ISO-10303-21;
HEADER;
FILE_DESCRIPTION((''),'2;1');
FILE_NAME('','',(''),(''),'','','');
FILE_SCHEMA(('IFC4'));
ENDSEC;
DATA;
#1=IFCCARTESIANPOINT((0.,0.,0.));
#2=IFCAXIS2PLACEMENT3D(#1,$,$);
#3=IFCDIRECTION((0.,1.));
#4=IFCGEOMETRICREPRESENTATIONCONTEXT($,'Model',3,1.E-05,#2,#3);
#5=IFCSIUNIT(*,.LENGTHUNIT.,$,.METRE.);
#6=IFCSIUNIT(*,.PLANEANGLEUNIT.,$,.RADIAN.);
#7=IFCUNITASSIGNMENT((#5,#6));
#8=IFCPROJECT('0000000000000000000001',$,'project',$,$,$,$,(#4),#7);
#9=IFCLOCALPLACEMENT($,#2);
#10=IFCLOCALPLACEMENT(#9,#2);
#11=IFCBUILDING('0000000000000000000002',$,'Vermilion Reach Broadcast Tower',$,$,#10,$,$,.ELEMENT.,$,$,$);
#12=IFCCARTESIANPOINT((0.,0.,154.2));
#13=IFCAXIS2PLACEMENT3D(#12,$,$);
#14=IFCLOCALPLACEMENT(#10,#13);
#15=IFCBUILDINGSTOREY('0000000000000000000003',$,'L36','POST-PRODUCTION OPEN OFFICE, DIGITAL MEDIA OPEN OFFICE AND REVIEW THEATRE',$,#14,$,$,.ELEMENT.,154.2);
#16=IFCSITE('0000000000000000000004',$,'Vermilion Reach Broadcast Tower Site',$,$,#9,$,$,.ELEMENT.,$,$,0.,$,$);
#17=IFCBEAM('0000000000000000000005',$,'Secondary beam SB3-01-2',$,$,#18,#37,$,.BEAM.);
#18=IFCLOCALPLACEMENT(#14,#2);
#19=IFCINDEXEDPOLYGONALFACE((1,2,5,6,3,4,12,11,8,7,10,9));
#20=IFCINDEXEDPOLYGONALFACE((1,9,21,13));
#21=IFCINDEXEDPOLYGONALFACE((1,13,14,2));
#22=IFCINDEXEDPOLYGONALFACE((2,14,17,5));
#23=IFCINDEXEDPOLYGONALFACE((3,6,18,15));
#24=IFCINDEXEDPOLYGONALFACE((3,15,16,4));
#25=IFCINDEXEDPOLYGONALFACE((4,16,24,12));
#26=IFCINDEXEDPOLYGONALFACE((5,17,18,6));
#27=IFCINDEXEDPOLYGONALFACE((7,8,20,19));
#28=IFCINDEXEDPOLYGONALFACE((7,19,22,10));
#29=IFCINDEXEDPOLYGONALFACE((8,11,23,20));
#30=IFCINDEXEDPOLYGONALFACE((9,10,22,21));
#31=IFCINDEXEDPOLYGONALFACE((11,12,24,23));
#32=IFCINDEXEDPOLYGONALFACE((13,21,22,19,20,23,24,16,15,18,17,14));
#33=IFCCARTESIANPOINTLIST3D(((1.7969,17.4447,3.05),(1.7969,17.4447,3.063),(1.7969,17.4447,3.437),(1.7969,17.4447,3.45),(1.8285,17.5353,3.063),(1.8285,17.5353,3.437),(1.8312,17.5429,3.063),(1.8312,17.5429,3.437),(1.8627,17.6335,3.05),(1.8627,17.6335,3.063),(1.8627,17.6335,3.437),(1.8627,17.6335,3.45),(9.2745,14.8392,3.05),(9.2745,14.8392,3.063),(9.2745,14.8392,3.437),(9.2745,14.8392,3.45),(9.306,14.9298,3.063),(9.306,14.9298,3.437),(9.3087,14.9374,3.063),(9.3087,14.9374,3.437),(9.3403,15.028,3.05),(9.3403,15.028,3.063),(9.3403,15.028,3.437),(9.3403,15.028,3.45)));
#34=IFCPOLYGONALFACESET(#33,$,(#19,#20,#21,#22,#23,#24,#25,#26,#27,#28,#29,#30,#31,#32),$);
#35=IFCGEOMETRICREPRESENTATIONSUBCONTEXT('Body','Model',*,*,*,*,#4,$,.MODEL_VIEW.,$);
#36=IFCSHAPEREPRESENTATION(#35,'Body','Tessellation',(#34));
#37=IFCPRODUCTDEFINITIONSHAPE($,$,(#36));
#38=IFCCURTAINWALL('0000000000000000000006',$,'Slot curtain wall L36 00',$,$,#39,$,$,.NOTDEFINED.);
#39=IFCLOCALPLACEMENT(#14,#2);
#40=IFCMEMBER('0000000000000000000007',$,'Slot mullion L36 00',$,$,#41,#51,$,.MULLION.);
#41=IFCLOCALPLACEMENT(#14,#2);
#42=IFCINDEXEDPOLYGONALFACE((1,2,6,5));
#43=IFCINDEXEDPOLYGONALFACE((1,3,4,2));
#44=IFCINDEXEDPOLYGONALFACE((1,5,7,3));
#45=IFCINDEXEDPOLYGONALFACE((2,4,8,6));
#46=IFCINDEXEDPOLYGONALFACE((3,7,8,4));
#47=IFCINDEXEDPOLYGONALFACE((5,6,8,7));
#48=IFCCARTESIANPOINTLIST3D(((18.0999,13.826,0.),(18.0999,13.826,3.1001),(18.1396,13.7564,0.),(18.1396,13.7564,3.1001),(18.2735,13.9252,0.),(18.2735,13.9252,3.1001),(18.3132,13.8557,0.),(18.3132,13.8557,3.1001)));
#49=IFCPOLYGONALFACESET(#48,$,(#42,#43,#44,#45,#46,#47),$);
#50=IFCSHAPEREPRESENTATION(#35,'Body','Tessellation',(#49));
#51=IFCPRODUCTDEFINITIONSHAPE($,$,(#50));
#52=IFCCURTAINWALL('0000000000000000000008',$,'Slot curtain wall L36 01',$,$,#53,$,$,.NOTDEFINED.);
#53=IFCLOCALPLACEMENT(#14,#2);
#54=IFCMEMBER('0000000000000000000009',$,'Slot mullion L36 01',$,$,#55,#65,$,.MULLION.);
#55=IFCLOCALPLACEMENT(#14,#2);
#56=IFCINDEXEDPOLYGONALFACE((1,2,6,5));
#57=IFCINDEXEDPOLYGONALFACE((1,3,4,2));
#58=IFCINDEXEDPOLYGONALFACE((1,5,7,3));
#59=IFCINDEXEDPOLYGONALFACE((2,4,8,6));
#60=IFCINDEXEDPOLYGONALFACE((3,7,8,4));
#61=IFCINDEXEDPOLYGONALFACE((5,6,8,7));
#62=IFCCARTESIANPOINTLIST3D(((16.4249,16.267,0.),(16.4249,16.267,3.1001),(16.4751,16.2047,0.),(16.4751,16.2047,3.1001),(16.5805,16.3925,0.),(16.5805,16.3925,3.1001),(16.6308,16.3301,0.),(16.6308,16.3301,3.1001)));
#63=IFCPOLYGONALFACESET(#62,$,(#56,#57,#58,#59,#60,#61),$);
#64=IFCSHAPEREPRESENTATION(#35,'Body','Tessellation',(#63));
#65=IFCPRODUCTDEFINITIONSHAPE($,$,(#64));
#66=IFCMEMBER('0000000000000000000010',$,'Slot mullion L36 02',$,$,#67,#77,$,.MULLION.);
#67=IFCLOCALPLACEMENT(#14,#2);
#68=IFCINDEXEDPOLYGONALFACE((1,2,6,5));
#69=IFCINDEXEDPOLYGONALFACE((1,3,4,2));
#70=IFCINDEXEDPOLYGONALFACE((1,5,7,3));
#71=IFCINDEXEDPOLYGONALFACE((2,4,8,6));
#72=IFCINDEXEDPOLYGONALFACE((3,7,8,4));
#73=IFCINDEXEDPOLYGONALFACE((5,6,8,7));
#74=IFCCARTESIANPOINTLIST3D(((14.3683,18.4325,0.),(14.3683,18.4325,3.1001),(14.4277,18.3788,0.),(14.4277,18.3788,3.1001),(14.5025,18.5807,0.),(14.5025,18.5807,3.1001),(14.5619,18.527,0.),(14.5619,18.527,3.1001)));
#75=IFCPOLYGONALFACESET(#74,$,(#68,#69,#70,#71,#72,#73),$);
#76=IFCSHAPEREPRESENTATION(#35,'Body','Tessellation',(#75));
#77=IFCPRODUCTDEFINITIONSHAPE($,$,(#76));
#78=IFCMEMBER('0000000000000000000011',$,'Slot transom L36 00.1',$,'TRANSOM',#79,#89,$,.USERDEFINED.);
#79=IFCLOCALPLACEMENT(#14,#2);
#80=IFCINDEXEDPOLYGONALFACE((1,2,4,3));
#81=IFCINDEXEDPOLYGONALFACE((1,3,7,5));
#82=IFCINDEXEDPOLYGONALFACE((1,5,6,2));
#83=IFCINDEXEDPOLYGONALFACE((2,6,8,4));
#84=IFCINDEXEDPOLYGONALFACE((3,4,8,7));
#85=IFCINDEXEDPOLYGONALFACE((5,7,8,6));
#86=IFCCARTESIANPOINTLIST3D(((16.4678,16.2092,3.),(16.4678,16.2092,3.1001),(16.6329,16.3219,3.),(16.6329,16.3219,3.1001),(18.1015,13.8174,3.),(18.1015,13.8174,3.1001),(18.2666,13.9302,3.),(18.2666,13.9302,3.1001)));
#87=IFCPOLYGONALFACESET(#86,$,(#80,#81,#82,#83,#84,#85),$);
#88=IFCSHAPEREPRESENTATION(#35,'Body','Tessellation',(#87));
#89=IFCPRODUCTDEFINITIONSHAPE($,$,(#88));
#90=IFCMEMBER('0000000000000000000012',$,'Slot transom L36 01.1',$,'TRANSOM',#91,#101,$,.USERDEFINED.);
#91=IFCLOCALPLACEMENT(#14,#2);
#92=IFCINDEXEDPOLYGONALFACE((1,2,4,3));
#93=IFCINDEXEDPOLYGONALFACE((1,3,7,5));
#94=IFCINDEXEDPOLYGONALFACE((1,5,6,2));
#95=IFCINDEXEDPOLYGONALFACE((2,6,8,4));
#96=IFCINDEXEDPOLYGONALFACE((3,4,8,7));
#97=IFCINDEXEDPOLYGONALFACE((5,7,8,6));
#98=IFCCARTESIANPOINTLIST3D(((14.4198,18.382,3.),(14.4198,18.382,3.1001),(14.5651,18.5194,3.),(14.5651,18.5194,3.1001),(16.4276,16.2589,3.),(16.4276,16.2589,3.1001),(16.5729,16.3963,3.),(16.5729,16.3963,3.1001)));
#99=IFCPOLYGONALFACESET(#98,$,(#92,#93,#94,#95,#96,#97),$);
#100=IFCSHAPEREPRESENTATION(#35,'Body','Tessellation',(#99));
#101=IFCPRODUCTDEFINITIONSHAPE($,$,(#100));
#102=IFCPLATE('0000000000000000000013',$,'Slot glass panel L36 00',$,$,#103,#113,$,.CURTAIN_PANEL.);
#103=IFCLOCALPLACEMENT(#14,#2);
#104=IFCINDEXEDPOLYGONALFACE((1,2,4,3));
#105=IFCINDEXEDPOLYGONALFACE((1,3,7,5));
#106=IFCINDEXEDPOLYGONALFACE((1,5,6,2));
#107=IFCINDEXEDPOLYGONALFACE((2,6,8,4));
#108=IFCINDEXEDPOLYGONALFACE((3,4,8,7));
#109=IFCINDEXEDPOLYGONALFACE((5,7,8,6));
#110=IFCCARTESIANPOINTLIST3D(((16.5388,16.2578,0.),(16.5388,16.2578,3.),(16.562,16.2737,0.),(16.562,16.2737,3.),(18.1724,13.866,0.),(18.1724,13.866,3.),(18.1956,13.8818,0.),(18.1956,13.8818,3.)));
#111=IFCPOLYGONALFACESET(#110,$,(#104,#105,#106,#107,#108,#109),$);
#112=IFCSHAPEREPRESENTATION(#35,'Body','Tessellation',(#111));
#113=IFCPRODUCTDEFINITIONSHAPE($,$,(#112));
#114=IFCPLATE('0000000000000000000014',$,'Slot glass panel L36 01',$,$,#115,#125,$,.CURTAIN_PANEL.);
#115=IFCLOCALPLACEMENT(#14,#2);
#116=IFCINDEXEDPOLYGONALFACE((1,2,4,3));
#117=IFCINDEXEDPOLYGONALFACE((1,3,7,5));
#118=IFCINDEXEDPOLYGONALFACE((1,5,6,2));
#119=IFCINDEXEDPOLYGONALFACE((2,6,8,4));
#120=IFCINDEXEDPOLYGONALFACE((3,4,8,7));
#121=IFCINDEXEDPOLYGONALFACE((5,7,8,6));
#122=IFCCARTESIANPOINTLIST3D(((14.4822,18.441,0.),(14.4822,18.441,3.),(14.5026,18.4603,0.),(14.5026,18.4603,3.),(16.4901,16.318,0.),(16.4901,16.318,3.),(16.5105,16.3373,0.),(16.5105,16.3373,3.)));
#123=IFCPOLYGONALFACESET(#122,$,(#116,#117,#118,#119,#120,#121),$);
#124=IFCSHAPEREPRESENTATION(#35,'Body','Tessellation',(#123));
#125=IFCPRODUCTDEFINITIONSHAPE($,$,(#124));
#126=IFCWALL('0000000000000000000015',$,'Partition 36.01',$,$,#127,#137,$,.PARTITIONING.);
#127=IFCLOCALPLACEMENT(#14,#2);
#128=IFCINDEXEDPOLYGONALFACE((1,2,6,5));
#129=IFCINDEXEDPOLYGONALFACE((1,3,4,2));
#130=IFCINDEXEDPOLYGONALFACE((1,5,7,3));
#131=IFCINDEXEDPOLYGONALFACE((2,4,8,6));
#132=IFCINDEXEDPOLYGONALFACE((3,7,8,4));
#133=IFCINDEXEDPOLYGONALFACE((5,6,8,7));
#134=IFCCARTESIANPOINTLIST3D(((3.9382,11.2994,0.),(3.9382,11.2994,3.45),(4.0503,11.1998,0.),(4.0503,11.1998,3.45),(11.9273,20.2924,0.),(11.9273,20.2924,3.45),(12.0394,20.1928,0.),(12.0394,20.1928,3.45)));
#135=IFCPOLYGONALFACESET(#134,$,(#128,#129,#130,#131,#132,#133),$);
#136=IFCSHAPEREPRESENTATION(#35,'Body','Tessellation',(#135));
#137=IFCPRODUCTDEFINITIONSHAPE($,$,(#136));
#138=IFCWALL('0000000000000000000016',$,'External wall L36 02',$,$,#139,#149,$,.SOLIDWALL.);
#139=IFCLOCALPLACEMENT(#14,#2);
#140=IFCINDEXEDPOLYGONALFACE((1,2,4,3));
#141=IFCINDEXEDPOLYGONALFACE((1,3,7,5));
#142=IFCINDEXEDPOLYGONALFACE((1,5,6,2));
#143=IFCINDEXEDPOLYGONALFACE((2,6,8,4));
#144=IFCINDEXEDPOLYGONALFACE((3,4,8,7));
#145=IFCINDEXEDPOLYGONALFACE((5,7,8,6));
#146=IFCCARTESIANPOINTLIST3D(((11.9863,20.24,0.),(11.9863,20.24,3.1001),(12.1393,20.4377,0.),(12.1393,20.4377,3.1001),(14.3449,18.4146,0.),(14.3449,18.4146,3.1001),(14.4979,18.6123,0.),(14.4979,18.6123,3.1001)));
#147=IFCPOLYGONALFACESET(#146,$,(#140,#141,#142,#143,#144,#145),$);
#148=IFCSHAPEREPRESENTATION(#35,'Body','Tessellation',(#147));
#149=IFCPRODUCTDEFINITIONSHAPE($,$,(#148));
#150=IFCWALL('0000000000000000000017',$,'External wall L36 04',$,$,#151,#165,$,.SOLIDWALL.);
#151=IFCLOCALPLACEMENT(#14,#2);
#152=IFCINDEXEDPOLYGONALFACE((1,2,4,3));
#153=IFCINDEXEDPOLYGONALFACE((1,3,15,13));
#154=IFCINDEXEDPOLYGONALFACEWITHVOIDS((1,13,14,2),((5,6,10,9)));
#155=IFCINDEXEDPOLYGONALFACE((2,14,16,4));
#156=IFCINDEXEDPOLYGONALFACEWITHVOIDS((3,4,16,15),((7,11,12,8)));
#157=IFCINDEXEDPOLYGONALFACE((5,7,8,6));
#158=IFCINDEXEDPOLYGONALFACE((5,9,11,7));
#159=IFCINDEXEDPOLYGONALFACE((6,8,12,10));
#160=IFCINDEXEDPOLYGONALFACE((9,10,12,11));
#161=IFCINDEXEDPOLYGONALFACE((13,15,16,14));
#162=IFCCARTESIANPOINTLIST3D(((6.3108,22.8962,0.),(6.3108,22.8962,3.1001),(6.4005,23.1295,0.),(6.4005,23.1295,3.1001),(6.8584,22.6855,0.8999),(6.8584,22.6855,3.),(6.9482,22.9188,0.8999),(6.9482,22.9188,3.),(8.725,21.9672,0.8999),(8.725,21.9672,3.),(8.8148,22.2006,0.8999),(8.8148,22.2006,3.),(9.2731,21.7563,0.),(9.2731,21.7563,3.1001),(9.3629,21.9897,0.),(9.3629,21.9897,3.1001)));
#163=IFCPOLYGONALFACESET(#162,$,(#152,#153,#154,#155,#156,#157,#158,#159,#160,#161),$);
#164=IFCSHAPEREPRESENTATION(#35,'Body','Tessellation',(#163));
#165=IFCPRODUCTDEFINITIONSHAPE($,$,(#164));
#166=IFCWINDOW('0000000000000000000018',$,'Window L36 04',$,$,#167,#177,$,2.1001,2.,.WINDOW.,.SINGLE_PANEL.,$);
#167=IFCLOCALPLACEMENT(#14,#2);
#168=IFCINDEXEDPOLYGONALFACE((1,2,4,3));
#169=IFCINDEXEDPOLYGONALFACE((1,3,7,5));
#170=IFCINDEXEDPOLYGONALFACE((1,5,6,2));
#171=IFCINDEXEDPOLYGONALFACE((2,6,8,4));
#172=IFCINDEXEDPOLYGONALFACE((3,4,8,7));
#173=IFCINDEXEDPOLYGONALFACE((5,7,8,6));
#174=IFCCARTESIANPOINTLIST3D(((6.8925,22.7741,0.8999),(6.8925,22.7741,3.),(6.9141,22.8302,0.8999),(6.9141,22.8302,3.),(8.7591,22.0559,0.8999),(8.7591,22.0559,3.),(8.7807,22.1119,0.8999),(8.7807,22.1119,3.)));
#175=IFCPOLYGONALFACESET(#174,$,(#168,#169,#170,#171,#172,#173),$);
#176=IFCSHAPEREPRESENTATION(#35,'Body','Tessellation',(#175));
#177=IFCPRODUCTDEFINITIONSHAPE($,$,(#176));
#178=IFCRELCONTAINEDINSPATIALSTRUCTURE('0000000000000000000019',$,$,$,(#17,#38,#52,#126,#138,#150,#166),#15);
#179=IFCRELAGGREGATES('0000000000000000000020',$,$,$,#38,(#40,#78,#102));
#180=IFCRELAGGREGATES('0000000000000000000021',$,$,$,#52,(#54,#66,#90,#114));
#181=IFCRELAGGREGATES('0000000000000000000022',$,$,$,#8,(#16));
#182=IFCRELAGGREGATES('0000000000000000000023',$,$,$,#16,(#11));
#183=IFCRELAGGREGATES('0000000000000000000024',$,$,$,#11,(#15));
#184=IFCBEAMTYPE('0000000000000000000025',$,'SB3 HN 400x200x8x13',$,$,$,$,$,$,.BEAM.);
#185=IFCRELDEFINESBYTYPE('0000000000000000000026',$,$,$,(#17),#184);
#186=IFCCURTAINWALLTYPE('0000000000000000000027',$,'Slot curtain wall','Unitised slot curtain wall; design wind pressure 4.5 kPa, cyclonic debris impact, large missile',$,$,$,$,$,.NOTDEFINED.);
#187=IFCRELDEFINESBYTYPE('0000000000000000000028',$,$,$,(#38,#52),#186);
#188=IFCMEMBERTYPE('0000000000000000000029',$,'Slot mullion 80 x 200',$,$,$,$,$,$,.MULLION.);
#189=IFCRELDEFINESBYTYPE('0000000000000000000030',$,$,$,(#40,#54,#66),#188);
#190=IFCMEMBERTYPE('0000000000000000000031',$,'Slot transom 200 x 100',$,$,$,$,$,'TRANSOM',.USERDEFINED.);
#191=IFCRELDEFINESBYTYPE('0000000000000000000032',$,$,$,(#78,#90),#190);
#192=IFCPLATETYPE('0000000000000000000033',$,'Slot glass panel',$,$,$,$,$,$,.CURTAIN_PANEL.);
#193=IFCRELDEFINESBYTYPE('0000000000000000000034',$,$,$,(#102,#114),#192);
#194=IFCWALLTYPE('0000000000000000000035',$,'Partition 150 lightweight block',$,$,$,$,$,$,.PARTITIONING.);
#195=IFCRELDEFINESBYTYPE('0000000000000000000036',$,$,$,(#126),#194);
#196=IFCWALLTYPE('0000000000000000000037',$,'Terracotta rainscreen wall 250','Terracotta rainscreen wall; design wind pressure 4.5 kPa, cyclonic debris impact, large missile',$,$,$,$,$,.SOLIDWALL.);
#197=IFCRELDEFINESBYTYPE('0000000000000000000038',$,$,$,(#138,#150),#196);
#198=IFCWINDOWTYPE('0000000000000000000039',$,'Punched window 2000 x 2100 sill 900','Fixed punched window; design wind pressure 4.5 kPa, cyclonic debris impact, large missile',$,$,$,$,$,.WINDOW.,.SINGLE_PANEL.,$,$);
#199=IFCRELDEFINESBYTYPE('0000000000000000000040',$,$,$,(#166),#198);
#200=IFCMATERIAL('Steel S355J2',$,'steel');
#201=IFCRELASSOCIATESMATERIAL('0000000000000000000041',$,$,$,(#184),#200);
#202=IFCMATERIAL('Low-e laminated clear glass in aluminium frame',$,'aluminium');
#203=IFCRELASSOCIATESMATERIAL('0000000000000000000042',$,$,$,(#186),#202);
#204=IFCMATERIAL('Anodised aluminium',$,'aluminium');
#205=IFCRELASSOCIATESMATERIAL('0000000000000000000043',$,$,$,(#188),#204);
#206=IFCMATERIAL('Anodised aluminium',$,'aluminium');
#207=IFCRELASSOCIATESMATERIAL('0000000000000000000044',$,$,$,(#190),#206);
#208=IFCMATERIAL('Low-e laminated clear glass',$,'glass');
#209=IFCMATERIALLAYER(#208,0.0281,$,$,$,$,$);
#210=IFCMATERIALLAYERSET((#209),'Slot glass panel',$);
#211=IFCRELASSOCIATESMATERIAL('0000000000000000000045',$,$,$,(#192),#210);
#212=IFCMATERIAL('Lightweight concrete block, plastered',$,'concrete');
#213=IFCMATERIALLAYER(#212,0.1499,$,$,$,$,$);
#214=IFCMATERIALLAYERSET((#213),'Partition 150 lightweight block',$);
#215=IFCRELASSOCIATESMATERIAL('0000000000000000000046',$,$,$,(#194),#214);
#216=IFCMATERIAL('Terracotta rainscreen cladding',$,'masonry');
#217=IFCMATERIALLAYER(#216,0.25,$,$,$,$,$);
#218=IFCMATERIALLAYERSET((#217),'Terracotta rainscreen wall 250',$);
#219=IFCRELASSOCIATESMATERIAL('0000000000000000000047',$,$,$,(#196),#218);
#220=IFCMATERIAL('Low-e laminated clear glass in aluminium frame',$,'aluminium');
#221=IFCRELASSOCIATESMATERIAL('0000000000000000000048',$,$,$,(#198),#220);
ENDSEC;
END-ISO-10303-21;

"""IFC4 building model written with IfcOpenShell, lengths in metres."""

from ifc_helpers import new_model, si_unit, direction, frame, frame_2d, origin, origin_2d, place, context, subcontext, project, spatial, rectangle, i_section, extrude, material, layer, layer_set, material_profile, profile_set, type_object, element, fill, aggregate, save


model = new_model("IFC4")

# Units and contexts
model_context = context("Model", 3, precision=1e-05, world=origin(), true_north=direction((0.0, 1.0)))
body_context = subcontext(model_context, "Body", "Model", "MODEL_VIEW")
ifc_project = project(units=[si_unit("LENGTHUNIT", "METRE"), si_unit("PLANEANGLEUNIT", "RADIAN")], contexts=[model_context])

# Site, building, storey
site_placement = place(None, origin())
site = spatial("IfcSite", under=ifc_project, at=site_placement, Name="Vermilion Reach Broadcast Tower Site", CompositionType="ELEMENT", RefElevation=0.0)
building_placement = place(site_placement, origin())
building = spatial("IfcBuilding", under=site, at=building_placement, Name="Vermilion Reach Broadcast Tower", CompositionType="ELEMENT")
storey_placement = place(building_placement, frame((0.0, 0.0, 154.2)))
storey = spatial("IfcBuildingStorey", under=building, at=storey_placement, Name="L36", Description="POST-PRODUCTION OPEN OFFICE, DIGITAL MEDIA OPEN OFFICE AND REVIEW THEATRE", CompositionType="ELEMENT", Elevation=154.2)

# Beam
ifc_material_1 = material(Name="Steel S355J2", Category="steel")
ifc_material_profile_1 = material_profile(ifc_material_1, i_section(OverallWidth=0.2, OverallDepth=0.3999, WebThickness=0.0081, FlangeThickness=0.0129, at=origin_2d()), Name="S355J2 HN 400x200x8x13")
ifc_profile_set_1 = profile_set([ifc_material_profile_1], Name="Steel S355J2")
beam_type_1 = type_object("IfcBeamType", Name="SB3 HN 400x200x8x13", PredefinedType="BEAM", material=ifc_profile_set_1)
beam_1_placement = place(storey_placement, frame((9.3074, 14.9336, 3.25), z_axis=(-0.944317, 0.329037, 0.0), x_axis=(-0.329037, -0.944317, 0.0)))
element("IfcBeam", 1, at=beam_1_placement, inside=storey, type_object=beam_type_1, Name="Secondary beam SB3-01-2", PredefinedType="BEAM", context=body_context, shape_type="SweptSolid", body=[
    extrude(i_section(OverallWidth=0.2, OverallDepth=0.3999, WebThickness=0.0081, FlangeThickness=0.0129, at=origin_2d()), origin(), (0.0, 0.0, 1.0), 7.9185),
])

# Curtain wall, member
ifc_material_2 = material(Name="Low-e laminated clear glass in aluminium frame", Category="aluminium")
curtain_wall_type = type_object("IfcCurtainWallType", Name="Slot curtain wall", Description="Unitised slot curtain wall; design wind pressure 4.5 kPa, cyclonic debris impact, large missile", PredefinedType="NOTDEFINED", material=ifc_material_2)
placement = place(storey_placement, origin())
curtain_wall_1 = element("IfcCurtainWall", 2, at=placement, inside=storey, type_object=curtain_wall_type, Name="Slot curtain wall L36 00", PredefinedType="NOTDEFINED")
ifc_material_3 = material(Name="Anodised aluminium", Category="aluminium")
ifc_material_profile_2 = material_profile(ifc_material_3, rectangle(XDim=0.2, YDim=0.0801, at=origin_2d()), Name="Slot mullion 80 x 200")
ifc_profile_set_2 = profile_set([ifc_material_profile_2], Name="Anodised aluminium")
member_type_1 = type_object("IfcMemberType", Name="Slot mullion 80 x 200", PredefinedType="MULLION", material=ifc_profile_set_2)
member_1_placement = place(storey_placement, frame((18.2065, 13.8408, 0.0), z_axis=(0.0, 0.0, 1.0), x_axis=(-0.868112, -0.496368, 0.0)))
member_1 = element("IfcMember", 3, at=member_1_placement, type_object=member_type_1, Name="Slot mullion L36 00", PredefinedType="MULLION", context=body_context, shape_type="SweptSolid", body=[
    extrude(rectangle(XDim=0.2, YDim=0.0801, at=origin_2d()), origin(), (0.0, 0.0, 1.0), 3.1001),
])

# Curtain wall, members
curtain_wall_2 = element("IfcCurtainWall", 4, at=placement, inside=storey, type_object=curtain_wall_type, Name="Slot curtain wall L36 01", PredefinedType="NOTDEFINED")
member_2_placement = place(storey_placement, frame((16.5278, 16.2986, 0.0), z_axis=(0.0, 0.0, 1.0), x_axis=(-0.778584, -0.62754, 0.0)))
member_2 = element("IfcMember", 5, at=member_2_placement, type_object=member_type_1, Name="Slot mullion L36 01", PredefinedType="MULLION", context=body_context, shape_type="SweptSolid", body=[
    extrude(rectangle(XDim=0.2, YDim=0.0801, at=origin_2d()), origin(), (0.0, 0.0, 1.0), 3.1001),
])
member_3_placement = place(storey_placement, frame((14.4651, 18.4797, 0.0), z_axis=(0.0, 0.0, 1.0), x_axis=(-0.671288, -0.741196, 0.0)))
member_3 = element("IfcMember", 6, at=member_3_placement, type_object=member_type_1, Name="Slot mullion L36 02", PredefinedType="MULLION", context=body_context, shape_type="SweptSolid", body=[
    extrude(rectangle(XDim=0.2, YDim=0.0801, at=origin_2d()), origin(), (0.0, 0.0, 1.0), 3.1001),
])

# Members
ifc_material_4 = material(Name="Anodised aluminium", Category="aluminium")
ifc_material_profile_3 = material_profile(ifc_material_4, rectangle(XDim=0.2, YDim=0.1001, at=origin_2d()), Name="Slot transom 200 x 100")
ifc_profile_set_3 = profile_set([ifc_material_profile_3], Name="Anodised aluminium")
member_type_2 = type_object("IfcMemberType", Name="Slot transom 200 x 100", ElementType="TRANSOM", PredefinedType="USERDEFINED", material=ifc_profile_set_3)
member_4_placement = place(storey_placement, frame((18.1841, 13.8738, 3.05), z_axis=(-0.56404, 0.825747, 0.0), x_axis=(-0.825747, -0.56404, 0.0)))
member_4 = element("IfcMember", 7, at=member_4_placement, type_object=member_type_2, Name="Slot transom L36 00.1", ObjectType="TRANSOM", PredefinedType="USERDEFINED", context=body_context, shape_type="SweptSolid", body=[
    extrude(rectangle(XDim=0.2, YDim=0.1001, at=origin_2d()), origin(), (0.0, 0.0, 1.0), 2.8965),
])
member_5_placement = place(storey_placement, frame((16.5002, 16.3276, 3.05), z_axis=(-0.687114, 0.72655, 0.0), x_axis=(-0.72655, -0.687114, 0.0)))
member_5 = element("IfcMember", 8, at=member_5_placement, type_object=member_type_2, Name="Slot transom L36 01.1", ObjectType="TRANSOM", PredefinedType="USERDEFINED", context=body_context, shape_type="SweptSolid", body=[
    extrude(rectangle(XDim=0.2, YDim=0.1001, at=origin_2d()), origin(), (0.0, 0.0, 1.0), 2.9221),
])

# Plates
ifc_material_5 = material(Name="Low-e laminated clear glass", Category="glass")
ifc_layer_1 = layer(ifc_material_5, 0.0281)
ifc_layer_set_1 = layer_set([ifc_layer_1], Name="Slot glass panel")
plate_type = type_object("IfcPlateType", Name="Slot glass panel", PredefinedType="CURTAIN_PANEL", material=ifc_layer_set_1)
plate_1_placement = place(storey_placement, frame((17.3672, 15.0698, 0.0), z_axis=(0.0, 0.0, 1.0), x_axis=(-0.564005, 0.825771, 0.0)))
plate_1 = element("IfcPlate", 9, at=plate_1_placement, type_object=plate_type, Name="Slot glass panel L36 00", PredefinedType="CURTAIN_PANEL", context=body_context, shape_type="SweptSolid", body=[
    extrude(rectangle(XDim=2.8965, YDim=0.0281, at=origin_2d()), origin(), (0.0, 0.0, 1.0), 3.0),
])
aggregate(curtain_wall_1, [member_1, member_4, plate_1])
plate_2_placement = place(storey_placement, frame((15.4963, 17.3892, 0.0), z_axis=(0.0, 0.0, 1.0), x_axis=(-0.687145, 0.72652, 0.0)))
plate_2 = element("IfcPlate", 10, at=plate_2_placement, type_object=plate_type, Name="Slot glass panel L36 01", PredefinedType="CURTAIN_PANEL", context=body_context, shape_type="SweptSolid", body=[
    extrude(rectangle(XDim=2.9221, YDim=0.0281, at=origin_2d()), origin(), (0.0, 0.0, 1.0), 3.0),
])
aggregate(curtain_wall_2, [member_2, member_3, member_5, plate_2])

# Walls
ifc_material_6 = material(Name="Lightweight concrete block, plastered", Category="concrete")
ifc_layer_2 = layer(ifc_material_6, 0.1499)
ifc_layer_set_2 = layer_set([ifc_layer_2], Name="Partition 150 lightweight block")
wall_type_1 = type_object("IfcWallType", Name="Partition 150 lightweight block", PredefinedType="PARTITIONING", material=ifc_layer_set_2)
wall_1_placement = place(storey_placement, frame((11.9834, 20.2427, 0.0), z_axis=(0.0, 0.0, 1.0), x_axis=(-0.664146, -0.747603, 0.0)))
element("IfcWall", 11, at=wall_1_placement, inside=storey, type_object=wall_type_1, Name="Partition 36.01", PredefinedType="PARTITIONING", context=body_context, shape_type="SweptSolid", body=[
    extrude(rectangle(XDim=12.0291, YDim=0.1499, at=frame_2d((6.0146, 0.0))), origin(), (0.0, 0.0, 1.0), 3.45),
])
ifc_material_7 = material(Name="Terracotta rainscreen cladding", Category="masonry")
ifc_layer_3 = layer(ifc_material_7, 0.25)
ifc_layer_set_3 = layer_set([ifc_layer_3], Name="Terracotta rainscreen wall 250")
wall_type_2 = type_object("IfcWallType", Name="Terracotta rainscreen wall 250", Description="Terracotta rainscreen wall; design wind pressure 4.5 kPa, cyclonic debris impact, large missile", PredefinedType="SOLIDWALL", material=ifc_layer_set_3)
wall_2_placement = place(storey_placement, frame((14.4214, 18.5134, 0.0), z_axis=(0.0, 0.0, 1.0), x_axis=(-0.790822, 0.612046, 0.0)))
element("IfcWall", 12, at=wall_2_placement, inside=storey, type_object=wall_type_2, Name="External wall L36 02", PredefinedType="SOLIDWALL", context=body_context, shape_type="SweptSolid", body=[
    extrude(rectangle(XDim=2.9824, YDim=0.25, at=frame_2d((1.4912, 0.0))), origin(), (0.0, 0.0, 1.0), 3.1001),
])

# Wall, opening, window
wall_3_placement = place(storey_placement, frame((9.3179, 21.873, 0.0), z_axis=(0.0, 0.0, 1.0), x_axis=(-0.933292, 0.359118, 0.0)))
wall_3 = element("IfcWall", 13, at=wall_3_placement, inside=storey, type_object=wall_type_2, Name="External wall L36 04", PredefinedType="SOLIDWALL", context=body_context, shape_type="SweptSolid", body=[
    extrude(rectangle(XDim=3.1741, YDim=0.25, at=frame_2d((1.5869, 0.0))), origin(), (0.0, 0.0, 1.0), 3.1001),
])
opening_1_placement = place(wall_3_placement, frame((0.5872, 0.0, 0.8999)))
opening_1 = element("IfcOpeningElement", 14, at=opening_1_placement, cuts=wall_3, PredefinedType="OPENING", context=body_context, shape_type="SweptSolid", body=[
    extrude(rectangle(XDim=2.0, YDim=2.1001, at=frame_2d((1.0, 1.05))), frame((0.0, 0.135, 0.0), z_axis=(0.0, -1.0, 0.0), x_axis=(1.0, 0.0, 0.0)), (0.0, 0.0, 1.0), 0.27),
])
ifc_material_8 = material(Name="Low-e laminated clear glass in aluminium frame", Category="aluminium")
window_type = type_object("IfcWindowType", Name="Punched window 2000 x 2100 sill 900", Description="Fixed punched window; design wind pressure 4.5 kPa, cyclonic debris impact, large missile", PartitioningType="SINGLE_PANEL", PredefinedType="WINDOW", material=ifc_material_8)
window_placement = place(opening_1_placement, origin())
window = element("IfcWindow", 15, at=window_placement, inside=storey, type_object=window_type, Name="Window L36 04", OverallHeight=2.1001, OverallWidth=2.0, PartitioningType="SINGLE_PANEL", PredefinedType="WINDOW", context=body_context, shape_type="SweptSolid", body=[
    extrude(rectangle(XDim=2.0, YDim=2.1001, at=frame_2d((1.0, 1.05))), frame((0.0, 0.03, 0.0), z_axis=(0.0, -1.0, 0.0), x_axis=(1.0, 0.0, 0.0)), (0.0, 0.0, 1.0), 0.0601),
])
fill(opening_1, window)

save(model, "model.ifc")
